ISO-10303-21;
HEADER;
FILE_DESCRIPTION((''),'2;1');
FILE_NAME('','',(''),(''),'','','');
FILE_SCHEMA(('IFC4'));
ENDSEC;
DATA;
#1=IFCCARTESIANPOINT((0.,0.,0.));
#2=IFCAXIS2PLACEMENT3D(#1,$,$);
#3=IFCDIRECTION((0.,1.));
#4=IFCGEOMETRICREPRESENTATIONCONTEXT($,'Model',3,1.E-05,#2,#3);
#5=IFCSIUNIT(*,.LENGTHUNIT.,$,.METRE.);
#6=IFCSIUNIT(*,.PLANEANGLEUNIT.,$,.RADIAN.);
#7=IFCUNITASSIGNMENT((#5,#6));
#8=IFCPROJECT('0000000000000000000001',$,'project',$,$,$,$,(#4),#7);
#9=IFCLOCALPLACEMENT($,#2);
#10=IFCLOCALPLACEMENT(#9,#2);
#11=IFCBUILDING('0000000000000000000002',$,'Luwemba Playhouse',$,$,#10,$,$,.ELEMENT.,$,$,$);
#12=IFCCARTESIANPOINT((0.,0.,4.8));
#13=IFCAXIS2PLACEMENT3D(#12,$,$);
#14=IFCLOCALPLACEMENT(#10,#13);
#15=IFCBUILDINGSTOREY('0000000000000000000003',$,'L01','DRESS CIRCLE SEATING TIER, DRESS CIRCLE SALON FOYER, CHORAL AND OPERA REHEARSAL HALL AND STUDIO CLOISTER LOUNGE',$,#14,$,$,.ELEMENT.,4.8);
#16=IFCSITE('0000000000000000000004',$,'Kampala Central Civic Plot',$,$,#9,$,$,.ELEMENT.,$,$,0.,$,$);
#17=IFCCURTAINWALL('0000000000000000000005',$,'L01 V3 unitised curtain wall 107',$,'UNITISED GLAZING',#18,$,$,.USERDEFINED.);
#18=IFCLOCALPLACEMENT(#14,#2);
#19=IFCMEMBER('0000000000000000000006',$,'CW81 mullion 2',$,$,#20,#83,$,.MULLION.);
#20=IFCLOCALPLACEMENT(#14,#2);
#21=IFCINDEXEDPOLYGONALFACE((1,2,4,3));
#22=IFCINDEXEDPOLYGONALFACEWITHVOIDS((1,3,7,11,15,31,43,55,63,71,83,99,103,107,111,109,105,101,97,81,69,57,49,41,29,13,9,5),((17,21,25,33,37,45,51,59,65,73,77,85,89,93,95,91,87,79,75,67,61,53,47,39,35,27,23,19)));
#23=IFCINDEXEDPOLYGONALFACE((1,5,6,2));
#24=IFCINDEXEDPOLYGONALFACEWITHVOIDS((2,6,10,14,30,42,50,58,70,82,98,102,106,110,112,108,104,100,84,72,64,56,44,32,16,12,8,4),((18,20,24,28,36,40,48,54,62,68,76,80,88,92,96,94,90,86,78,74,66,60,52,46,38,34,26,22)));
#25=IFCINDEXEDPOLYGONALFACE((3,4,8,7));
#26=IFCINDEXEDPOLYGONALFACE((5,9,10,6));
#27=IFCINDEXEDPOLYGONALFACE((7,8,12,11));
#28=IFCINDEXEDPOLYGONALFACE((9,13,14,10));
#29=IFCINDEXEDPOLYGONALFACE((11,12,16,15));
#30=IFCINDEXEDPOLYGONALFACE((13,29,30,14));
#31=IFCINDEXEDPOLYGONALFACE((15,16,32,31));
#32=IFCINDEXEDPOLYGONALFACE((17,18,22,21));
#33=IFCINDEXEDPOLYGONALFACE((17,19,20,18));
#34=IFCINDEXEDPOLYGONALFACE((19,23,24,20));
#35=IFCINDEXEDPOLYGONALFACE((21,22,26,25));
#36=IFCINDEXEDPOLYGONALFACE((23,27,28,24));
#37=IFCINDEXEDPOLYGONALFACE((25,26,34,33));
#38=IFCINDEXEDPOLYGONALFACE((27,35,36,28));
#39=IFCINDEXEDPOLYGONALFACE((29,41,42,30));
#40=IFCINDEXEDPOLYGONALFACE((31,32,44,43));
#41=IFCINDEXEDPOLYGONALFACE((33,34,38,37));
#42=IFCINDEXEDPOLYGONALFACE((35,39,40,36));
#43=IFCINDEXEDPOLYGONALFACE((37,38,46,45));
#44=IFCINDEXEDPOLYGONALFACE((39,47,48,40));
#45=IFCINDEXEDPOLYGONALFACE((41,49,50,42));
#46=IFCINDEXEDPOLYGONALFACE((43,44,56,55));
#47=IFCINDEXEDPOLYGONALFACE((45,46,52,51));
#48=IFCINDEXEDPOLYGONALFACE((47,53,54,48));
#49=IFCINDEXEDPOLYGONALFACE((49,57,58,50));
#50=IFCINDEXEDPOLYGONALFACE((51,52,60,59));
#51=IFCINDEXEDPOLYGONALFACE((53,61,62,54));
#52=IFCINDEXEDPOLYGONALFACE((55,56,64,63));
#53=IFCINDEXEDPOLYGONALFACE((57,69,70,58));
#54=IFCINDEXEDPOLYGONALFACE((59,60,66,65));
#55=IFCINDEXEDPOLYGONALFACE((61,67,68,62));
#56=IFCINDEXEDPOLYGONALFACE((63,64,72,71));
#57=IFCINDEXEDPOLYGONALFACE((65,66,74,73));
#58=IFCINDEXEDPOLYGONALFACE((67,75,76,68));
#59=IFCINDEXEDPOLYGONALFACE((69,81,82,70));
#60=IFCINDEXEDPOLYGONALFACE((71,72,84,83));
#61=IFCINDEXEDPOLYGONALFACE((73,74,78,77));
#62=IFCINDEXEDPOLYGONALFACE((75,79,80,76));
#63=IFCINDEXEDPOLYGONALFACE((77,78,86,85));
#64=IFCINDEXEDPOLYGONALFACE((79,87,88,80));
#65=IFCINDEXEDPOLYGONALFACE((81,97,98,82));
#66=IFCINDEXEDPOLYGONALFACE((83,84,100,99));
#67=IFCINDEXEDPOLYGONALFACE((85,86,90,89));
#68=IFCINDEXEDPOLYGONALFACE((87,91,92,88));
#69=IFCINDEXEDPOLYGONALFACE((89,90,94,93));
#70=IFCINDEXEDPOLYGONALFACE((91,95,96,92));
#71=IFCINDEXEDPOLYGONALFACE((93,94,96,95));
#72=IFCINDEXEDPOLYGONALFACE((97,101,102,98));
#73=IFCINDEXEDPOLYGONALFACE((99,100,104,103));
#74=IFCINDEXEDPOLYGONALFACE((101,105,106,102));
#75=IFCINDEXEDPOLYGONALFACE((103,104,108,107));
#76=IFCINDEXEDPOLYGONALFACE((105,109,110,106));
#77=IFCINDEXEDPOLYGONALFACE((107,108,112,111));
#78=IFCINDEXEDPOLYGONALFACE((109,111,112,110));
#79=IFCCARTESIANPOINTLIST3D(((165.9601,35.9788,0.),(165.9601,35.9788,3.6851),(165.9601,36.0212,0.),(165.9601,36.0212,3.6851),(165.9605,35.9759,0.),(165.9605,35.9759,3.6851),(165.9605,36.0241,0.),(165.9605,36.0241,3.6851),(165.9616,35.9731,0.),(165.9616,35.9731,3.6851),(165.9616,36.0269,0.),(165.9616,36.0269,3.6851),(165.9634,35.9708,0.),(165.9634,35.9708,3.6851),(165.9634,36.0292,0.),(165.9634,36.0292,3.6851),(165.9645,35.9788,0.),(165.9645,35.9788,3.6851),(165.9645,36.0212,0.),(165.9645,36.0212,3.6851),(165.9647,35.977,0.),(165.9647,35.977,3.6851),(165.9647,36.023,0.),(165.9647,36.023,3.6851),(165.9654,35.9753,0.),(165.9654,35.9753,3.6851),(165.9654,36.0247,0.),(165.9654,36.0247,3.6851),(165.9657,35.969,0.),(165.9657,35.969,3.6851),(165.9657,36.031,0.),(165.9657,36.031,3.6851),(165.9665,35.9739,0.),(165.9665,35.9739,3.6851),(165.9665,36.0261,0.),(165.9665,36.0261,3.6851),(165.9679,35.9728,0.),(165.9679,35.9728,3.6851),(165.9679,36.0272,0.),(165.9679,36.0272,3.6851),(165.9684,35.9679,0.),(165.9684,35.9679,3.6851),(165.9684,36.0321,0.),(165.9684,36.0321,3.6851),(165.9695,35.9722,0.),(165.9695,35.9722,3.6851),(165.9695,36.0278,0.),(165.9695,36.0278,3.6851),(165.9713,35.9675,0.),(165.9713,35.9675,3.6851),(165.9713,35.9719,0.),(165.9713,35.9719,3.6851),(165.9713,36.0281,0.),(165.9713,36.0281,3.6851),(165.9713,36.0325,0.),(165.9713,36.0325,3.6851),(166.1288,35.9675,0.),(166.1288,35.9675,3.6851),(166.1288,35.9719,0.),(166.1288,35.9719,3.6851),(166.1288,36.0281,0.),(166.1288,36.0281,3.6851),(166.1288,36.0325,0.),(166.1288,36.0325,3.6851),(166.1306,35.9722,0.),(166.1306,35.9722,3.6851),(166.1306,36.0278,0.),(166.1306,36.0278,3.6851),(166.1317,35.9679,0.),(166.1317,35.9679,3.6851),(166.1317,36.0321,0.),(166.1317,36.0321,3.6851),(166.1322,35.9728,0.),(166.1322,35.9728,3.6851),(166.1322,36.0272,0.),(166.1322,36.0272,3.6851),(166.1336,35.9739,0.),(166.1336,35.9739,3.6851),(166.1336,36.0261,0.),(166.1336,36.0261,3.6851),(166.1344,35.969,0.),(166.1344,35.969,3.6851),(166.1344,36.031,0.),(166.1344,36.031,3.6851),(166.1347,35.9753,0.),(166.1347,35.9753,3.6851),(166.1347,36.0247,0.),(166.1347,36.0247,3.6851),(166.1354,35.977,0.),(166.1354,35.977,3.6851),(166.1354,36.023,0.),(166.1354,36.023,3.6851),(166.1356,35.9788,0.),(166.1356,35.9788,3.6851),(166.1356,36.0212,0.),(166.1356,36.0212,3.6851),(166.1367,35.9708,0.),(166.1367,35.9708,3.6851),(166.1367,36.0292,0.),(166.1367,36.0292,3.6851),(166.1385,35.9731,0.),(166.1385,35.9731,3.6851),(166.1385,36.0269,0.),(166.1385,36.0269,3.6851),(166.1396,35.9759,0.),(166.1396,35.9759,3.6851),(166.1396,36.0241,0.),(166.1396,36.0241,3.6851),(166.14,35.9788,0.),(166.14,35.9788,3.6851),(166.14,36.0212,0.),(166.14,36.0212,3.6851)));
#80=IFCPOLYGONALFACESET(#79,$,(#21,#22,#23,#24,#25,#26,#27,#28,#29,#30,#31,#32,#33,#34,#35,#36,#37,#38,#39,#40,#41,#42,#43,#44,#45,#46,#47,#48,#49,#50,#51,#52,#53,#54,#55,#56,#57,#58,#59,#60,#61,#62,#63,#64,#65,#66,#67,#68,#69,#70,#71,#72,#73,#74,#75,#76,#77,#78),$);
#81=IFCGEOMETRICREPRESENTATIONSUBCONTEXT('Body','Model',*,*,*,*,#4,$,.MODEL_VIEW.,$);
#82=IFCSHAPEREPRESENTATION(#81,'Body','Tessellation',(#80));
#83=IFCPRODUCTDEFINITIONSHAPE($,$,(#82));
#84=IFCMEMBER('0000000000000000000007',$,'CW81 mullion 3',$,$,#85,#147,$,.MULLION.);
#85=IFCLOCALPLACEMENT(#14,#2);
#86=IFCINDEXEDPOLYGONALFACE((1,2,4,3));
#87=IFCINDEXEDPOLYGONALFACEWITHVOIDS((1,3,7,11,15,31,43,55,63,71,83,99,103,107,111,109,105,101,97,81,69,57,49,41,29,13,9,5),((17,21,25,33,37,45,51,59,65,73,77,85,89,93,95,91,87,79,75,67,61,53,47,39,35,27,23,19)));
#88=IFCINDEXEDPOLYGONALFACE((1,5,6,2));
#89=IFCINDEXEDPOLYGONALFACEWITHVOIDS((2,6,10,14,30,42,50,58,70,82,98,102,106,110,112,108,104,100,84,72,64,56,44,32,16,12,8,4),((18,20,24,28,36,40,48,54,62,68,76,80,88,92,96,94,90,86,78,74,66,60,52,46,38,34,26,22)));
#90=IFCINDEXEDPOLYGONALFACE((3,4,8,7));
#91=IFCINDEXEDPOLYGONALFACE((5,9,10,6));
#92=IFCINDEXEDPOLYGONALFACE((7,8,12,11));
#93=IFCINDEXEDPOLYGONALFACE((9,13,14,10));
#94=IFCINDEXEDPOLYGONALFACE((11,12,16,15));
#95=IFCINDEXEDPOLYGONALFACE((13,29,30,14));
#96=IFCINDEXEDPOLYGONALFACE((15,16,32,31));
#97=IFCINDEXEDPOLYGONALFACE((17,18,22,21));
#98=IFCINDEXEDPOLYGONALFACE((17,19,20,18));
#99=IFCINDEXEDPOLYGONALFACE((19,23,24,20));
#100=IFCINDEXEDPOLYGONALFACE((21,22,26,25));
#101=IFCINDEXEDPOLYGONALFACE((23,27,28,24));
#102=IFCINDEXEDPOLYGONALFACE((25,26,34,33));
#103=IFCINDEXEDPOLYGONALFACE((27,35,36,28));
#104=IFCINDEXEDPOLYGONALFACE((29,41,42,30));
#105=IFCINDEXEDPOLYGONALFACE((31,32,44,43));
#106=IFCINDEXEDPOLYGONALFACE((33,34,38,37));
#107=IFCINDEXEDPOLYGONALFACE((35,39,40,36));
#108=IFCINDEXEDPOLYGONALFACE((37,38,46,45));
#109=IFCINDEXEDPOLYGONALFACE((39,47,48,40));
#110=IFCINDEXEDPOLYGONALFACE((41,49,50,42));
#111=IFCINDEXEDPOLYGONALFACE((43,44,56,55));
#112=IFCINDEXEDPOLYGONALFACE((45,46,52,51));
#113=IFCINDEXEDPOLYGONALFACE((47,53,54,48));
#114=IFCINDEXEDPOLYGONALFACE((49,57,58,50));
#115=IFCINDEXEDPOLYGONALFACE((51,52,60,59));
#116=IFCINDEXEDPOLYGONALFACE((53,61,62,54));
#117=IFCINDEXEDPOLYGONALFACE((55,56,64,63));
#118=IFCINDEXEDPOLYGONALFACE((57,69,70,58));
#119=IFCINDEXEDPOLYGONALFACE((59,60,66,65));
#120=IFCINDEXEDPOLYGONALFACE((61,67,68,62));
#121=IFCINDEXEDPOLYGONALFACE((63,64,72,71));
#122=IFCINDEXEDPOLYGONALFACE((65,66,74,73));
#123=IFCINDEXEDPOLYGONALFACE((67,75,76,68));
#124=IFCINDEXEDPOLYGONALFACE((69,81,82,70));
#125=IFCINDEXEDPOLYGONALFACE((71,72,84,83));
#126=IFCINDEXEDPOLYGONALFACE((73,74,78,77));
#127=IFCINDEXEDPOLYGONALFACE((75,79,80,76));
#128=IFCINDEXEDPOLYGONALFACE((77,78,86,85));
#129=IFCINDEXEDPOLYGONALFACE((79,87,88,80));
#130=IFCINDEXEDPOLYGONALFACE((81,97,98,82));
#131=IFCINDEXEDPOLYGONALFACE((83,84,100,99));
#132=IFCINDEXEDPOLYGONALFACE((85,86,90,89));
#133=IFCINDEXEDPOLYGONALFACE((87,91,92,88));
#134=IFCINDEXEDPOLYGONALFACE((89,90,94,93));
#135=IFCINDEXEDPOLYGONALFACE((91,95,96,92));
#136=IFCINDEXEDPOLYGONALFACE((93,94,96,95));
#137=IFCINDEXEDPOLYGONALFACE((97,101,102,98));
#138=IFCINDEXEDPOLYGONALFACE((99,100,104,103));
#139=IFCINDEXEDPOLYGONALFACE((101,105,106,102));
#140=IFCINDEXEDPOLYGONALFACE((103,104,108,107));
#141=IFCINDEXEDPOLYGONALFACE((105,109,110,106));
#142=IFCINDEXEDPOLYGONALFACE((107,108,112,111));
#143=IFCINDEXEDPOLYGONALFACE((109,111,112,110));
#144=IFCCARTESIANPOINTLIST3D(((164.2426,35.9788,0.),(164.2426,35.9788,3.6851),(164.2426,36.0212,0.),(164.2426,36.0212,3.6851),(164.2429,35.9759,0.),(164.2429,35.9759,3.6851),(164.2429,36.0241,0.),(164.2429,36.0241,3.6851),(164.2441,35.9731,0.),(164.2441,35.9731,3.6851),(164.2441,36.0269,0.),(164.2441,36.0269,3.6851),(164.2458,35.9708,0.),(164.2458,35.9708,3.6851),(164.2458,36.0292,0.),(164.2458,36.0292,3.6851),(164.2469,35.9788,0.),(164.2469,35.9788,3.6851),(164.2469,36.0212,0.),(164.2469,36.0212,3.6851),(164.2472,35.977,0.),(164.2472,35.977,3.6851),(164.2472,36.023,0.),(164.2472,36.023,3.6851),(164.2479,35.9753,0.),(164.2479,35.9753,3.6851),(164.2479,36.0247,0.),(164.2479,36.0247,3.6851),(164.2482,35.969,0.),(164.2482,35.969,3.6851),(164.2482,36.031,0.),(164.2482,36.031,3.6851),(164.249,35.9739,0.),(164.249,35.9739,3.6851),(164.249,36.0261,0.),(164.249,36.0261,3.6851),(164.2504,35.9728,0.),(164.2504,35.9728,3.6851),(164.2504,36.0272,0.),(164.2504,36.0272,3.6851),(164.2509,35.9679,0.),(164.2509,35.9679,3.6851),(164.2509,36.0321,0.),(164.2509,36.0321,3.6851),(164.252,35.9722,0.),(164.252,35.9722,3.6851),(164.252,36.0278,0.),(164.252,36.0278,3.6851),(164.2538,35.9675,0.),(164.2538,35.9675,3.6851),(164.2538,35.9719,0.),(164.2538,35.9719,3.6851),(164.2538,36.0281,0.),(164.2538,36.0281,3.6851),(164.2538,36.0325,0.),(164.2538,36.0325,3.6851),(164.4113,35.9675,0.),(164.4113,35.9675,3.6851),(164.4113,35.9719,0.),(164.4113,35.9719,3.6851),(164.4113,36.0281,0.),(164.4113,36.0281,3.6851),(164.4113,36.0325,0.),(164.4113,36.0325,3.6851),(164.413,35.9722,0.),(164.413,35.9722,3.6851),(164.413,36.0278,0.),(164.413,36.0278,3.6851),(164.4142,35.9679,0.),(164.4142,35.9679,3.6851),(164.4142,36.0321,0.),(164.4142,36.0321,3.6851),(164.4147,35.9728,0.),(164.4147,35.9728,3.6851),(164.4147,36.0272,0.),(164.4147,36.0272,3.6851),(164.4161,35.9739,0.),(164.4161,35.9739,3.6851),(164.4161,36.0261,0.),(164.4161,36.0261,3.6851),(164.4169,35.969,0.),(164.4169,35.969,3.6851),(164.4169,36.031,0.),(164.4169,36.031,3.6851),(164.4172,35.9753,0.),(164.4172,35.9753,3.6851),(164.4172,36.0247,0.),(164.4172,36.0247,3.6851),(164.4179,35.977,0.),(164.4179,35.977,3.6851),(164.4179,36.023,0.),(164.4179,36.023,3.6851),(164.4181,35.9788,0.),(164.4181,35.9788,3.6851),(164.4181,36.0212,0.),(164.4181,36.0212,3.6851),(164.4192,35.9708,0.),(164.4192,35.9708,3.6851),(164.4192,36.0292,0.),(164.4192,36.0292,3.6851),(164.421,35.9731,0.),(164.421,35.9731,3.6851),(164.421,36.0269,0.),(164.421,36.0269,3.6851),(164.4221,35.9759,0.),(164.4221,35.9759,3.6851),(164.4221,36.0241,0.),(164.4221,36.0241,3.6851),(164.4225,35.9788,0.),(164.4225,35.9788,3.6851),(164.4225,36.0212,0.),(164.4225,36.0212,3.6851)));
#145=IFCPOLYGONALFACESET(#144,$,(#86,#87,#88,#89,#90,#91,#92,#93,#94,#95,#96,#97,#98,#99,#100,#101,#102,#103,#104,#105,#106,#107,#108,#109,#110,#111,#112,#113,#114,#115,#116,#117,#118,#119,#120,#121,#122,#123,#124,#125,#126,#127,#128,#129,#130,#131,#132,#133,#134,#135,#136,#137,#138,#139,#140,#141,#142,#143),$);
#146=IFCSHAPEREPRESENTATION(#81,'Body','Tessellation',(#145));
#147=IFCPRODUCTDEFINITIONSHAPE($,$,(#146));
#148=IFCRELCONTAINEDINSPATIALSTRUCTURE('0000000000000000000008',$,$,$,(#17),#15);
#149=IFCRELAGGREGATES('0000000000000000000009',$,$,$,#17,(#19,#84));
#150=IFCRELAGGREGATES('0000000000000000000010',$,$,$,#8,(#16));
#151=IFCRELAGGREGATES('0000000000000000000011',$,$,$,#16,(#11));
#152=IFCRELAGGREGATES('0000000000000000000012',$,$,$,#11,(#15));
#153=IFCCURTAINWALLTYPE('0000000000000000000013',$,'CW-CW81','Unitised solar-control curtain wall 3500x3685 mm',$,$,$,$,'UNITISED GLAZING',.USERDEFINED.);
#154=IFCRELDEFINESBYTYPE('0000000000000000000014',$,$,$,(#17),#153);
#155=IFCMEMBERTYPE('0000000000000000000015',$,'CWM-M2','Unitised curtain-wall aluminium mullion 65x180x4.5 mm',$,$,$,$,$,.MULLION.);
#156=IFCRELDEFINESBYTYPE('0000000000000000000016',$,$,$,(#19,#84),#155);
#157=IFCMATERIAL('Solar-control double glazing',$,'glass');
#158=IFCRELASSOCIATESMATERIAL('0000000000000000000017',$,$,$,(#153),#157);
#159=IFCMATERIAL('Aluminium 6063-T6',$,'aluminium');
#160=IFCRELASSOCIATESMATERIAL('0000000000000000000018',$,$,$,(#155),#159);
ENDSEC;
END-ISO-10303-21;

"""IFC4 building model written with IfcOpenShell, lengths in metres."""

from ifc_helpers import new_model, si_unit, direction, frame, origin, origin_2d, place, context, subcontext, project, spatial, hollow_rectangle, extrude, material, material_profile, profile_set, type_object, element, aggregate, save


model = new_model("IFC4")

# Units and contexts
model_context = context("Model", 3, precision=1e-05, world=origin(), true_north=direction((0.0, 1.0)))
body_context = subcontext(model_context, "Body", "Model", "MODEL_VIEW")
ifc_project = project(units=[si_unit("LENGTHUNIT", "METRE"), si_unit("PLANEANGLEUNIT", "RADIAN")], contexts=[model_context])

# Site, building, storey
site_placement = place(None, origin())
site = spatial("IfcSite", under=ifc_project, at=site_placement, Name="Kampala Central Civic Plot", CompositionType="ELEMENT", RefElevation=0.0)
building_placement = place(site_placement, origin())
building = spatial("IfcBuilding", under=site, at=building_placement, Name="Luwemba Playhouse", CompositionType="ELEMENT")
storey_placement = place(building_placement, frame((0.0, 0.0, 4.8)))
storey = spatial("IfcBuildingStorey", under=building, at=storey_placement, Name="L01", Description="DRESS CIRCLE SEATING TIER, DRESS CIRCLE SALON FOYER, CHORAL AND OPERA REHEARSAL HALL AND STUDIO CLOISTER LOUNGE", CompositionType="ELEMENT", Elevation=4.8)

# Curtain wall, members
ifc_material_1 = material(Name="Solar-control double glazing", Category="glass")
curtain_wall_type = type_object("IfcCurtainWallType", Name="CW-CW81", Description="Unitised solar-control curtain wall 3500x3685 mm", ElementType="UNITISED GLAZING", PredefinedType="USERDEFINED", material=ifc_material_1)
curtain_wall_placement = place(storey_placement, origin())
curtain_wall = element("IfcCurtainWall", 1, at=curtain_wall_placement, inside=storey, type_object=curtain_wall_type, Name="L01 V3 unitised curtain wall 107", ObjectType="UNITISED GLAZING", PredefinedType="USERDEFINED")
ifc_material_2 = material(Name="Aluminium 6063-T6", Category="aluminium")
ifc_material_profile_1 = material_profile(ifc_material_2, hollow_rectangle(XDim=0.0649, YDim=0.1799, WallThickness=0.0044, InnerFilletRadius=0.0068, OuterFilletRadius=0.0112, at=origin_2d()))
ifc_profile_set_1 = profile_set([ifc_material_profile_1], Name="Aluminium 6063-T6")
member_type_1 = type_object("IfcMemberType", Name="CWM-M2", Description="Unitised curtain-wall aluminium mullion 65x180x4.5 mm", PredefinedType="MULLION", material=ifc_profile_set_1)
member_1_placement = place(storey_placement, frame((166.05, 36.0, 0.0), z_axis=(0.0, 0.0, 1.0), x_axis=(0.0, -1.0, 0.0)))
member_1 = element("IfcMember", 2, at=member_1_placement, type_object=member_type_1, Name="CW81 mullion 2", PredefinedType="MULLION", context=body_context, shape_type="SweptSolid", body=[
    extrude(hollow_rectangle(XDim=0.0649, YDim=0.1799, WallThickness=0.0044, InnerFilletRadius=0.0068, OuterFilletRadius=0.0112, at=origin_2d()), origin(), (0.0, 0.0, 1.0), 3.6851),
])
member_2_placement = place(storey_placement, frame((164.3325, 36.0, 0.0), z_axis=(0.0, 0.0, 1.0), x_axis=(0.0, -1.0, 0.0)))
member_2 = element("IfcMember", 3, at=member_2_placement, type_object=member_type_1, Name="CW81 mullion 3", PredefinedType="MULLION", context=body_context, shape_type="SweptSolid", body=[
    extrude(hollow_rectangle(XDim=0.0649, YDim=0.1799, WallThickness=0.0044, InnerFilletRadius=0.0068, OuterFilletRadius=0.0112, at=origin_2d()), origin(), (0.0, 0.0, 1.0), 3.6851),
])

aggregate(curtain_wall, [member_1, member_2])

save(model, "model.ifc")
